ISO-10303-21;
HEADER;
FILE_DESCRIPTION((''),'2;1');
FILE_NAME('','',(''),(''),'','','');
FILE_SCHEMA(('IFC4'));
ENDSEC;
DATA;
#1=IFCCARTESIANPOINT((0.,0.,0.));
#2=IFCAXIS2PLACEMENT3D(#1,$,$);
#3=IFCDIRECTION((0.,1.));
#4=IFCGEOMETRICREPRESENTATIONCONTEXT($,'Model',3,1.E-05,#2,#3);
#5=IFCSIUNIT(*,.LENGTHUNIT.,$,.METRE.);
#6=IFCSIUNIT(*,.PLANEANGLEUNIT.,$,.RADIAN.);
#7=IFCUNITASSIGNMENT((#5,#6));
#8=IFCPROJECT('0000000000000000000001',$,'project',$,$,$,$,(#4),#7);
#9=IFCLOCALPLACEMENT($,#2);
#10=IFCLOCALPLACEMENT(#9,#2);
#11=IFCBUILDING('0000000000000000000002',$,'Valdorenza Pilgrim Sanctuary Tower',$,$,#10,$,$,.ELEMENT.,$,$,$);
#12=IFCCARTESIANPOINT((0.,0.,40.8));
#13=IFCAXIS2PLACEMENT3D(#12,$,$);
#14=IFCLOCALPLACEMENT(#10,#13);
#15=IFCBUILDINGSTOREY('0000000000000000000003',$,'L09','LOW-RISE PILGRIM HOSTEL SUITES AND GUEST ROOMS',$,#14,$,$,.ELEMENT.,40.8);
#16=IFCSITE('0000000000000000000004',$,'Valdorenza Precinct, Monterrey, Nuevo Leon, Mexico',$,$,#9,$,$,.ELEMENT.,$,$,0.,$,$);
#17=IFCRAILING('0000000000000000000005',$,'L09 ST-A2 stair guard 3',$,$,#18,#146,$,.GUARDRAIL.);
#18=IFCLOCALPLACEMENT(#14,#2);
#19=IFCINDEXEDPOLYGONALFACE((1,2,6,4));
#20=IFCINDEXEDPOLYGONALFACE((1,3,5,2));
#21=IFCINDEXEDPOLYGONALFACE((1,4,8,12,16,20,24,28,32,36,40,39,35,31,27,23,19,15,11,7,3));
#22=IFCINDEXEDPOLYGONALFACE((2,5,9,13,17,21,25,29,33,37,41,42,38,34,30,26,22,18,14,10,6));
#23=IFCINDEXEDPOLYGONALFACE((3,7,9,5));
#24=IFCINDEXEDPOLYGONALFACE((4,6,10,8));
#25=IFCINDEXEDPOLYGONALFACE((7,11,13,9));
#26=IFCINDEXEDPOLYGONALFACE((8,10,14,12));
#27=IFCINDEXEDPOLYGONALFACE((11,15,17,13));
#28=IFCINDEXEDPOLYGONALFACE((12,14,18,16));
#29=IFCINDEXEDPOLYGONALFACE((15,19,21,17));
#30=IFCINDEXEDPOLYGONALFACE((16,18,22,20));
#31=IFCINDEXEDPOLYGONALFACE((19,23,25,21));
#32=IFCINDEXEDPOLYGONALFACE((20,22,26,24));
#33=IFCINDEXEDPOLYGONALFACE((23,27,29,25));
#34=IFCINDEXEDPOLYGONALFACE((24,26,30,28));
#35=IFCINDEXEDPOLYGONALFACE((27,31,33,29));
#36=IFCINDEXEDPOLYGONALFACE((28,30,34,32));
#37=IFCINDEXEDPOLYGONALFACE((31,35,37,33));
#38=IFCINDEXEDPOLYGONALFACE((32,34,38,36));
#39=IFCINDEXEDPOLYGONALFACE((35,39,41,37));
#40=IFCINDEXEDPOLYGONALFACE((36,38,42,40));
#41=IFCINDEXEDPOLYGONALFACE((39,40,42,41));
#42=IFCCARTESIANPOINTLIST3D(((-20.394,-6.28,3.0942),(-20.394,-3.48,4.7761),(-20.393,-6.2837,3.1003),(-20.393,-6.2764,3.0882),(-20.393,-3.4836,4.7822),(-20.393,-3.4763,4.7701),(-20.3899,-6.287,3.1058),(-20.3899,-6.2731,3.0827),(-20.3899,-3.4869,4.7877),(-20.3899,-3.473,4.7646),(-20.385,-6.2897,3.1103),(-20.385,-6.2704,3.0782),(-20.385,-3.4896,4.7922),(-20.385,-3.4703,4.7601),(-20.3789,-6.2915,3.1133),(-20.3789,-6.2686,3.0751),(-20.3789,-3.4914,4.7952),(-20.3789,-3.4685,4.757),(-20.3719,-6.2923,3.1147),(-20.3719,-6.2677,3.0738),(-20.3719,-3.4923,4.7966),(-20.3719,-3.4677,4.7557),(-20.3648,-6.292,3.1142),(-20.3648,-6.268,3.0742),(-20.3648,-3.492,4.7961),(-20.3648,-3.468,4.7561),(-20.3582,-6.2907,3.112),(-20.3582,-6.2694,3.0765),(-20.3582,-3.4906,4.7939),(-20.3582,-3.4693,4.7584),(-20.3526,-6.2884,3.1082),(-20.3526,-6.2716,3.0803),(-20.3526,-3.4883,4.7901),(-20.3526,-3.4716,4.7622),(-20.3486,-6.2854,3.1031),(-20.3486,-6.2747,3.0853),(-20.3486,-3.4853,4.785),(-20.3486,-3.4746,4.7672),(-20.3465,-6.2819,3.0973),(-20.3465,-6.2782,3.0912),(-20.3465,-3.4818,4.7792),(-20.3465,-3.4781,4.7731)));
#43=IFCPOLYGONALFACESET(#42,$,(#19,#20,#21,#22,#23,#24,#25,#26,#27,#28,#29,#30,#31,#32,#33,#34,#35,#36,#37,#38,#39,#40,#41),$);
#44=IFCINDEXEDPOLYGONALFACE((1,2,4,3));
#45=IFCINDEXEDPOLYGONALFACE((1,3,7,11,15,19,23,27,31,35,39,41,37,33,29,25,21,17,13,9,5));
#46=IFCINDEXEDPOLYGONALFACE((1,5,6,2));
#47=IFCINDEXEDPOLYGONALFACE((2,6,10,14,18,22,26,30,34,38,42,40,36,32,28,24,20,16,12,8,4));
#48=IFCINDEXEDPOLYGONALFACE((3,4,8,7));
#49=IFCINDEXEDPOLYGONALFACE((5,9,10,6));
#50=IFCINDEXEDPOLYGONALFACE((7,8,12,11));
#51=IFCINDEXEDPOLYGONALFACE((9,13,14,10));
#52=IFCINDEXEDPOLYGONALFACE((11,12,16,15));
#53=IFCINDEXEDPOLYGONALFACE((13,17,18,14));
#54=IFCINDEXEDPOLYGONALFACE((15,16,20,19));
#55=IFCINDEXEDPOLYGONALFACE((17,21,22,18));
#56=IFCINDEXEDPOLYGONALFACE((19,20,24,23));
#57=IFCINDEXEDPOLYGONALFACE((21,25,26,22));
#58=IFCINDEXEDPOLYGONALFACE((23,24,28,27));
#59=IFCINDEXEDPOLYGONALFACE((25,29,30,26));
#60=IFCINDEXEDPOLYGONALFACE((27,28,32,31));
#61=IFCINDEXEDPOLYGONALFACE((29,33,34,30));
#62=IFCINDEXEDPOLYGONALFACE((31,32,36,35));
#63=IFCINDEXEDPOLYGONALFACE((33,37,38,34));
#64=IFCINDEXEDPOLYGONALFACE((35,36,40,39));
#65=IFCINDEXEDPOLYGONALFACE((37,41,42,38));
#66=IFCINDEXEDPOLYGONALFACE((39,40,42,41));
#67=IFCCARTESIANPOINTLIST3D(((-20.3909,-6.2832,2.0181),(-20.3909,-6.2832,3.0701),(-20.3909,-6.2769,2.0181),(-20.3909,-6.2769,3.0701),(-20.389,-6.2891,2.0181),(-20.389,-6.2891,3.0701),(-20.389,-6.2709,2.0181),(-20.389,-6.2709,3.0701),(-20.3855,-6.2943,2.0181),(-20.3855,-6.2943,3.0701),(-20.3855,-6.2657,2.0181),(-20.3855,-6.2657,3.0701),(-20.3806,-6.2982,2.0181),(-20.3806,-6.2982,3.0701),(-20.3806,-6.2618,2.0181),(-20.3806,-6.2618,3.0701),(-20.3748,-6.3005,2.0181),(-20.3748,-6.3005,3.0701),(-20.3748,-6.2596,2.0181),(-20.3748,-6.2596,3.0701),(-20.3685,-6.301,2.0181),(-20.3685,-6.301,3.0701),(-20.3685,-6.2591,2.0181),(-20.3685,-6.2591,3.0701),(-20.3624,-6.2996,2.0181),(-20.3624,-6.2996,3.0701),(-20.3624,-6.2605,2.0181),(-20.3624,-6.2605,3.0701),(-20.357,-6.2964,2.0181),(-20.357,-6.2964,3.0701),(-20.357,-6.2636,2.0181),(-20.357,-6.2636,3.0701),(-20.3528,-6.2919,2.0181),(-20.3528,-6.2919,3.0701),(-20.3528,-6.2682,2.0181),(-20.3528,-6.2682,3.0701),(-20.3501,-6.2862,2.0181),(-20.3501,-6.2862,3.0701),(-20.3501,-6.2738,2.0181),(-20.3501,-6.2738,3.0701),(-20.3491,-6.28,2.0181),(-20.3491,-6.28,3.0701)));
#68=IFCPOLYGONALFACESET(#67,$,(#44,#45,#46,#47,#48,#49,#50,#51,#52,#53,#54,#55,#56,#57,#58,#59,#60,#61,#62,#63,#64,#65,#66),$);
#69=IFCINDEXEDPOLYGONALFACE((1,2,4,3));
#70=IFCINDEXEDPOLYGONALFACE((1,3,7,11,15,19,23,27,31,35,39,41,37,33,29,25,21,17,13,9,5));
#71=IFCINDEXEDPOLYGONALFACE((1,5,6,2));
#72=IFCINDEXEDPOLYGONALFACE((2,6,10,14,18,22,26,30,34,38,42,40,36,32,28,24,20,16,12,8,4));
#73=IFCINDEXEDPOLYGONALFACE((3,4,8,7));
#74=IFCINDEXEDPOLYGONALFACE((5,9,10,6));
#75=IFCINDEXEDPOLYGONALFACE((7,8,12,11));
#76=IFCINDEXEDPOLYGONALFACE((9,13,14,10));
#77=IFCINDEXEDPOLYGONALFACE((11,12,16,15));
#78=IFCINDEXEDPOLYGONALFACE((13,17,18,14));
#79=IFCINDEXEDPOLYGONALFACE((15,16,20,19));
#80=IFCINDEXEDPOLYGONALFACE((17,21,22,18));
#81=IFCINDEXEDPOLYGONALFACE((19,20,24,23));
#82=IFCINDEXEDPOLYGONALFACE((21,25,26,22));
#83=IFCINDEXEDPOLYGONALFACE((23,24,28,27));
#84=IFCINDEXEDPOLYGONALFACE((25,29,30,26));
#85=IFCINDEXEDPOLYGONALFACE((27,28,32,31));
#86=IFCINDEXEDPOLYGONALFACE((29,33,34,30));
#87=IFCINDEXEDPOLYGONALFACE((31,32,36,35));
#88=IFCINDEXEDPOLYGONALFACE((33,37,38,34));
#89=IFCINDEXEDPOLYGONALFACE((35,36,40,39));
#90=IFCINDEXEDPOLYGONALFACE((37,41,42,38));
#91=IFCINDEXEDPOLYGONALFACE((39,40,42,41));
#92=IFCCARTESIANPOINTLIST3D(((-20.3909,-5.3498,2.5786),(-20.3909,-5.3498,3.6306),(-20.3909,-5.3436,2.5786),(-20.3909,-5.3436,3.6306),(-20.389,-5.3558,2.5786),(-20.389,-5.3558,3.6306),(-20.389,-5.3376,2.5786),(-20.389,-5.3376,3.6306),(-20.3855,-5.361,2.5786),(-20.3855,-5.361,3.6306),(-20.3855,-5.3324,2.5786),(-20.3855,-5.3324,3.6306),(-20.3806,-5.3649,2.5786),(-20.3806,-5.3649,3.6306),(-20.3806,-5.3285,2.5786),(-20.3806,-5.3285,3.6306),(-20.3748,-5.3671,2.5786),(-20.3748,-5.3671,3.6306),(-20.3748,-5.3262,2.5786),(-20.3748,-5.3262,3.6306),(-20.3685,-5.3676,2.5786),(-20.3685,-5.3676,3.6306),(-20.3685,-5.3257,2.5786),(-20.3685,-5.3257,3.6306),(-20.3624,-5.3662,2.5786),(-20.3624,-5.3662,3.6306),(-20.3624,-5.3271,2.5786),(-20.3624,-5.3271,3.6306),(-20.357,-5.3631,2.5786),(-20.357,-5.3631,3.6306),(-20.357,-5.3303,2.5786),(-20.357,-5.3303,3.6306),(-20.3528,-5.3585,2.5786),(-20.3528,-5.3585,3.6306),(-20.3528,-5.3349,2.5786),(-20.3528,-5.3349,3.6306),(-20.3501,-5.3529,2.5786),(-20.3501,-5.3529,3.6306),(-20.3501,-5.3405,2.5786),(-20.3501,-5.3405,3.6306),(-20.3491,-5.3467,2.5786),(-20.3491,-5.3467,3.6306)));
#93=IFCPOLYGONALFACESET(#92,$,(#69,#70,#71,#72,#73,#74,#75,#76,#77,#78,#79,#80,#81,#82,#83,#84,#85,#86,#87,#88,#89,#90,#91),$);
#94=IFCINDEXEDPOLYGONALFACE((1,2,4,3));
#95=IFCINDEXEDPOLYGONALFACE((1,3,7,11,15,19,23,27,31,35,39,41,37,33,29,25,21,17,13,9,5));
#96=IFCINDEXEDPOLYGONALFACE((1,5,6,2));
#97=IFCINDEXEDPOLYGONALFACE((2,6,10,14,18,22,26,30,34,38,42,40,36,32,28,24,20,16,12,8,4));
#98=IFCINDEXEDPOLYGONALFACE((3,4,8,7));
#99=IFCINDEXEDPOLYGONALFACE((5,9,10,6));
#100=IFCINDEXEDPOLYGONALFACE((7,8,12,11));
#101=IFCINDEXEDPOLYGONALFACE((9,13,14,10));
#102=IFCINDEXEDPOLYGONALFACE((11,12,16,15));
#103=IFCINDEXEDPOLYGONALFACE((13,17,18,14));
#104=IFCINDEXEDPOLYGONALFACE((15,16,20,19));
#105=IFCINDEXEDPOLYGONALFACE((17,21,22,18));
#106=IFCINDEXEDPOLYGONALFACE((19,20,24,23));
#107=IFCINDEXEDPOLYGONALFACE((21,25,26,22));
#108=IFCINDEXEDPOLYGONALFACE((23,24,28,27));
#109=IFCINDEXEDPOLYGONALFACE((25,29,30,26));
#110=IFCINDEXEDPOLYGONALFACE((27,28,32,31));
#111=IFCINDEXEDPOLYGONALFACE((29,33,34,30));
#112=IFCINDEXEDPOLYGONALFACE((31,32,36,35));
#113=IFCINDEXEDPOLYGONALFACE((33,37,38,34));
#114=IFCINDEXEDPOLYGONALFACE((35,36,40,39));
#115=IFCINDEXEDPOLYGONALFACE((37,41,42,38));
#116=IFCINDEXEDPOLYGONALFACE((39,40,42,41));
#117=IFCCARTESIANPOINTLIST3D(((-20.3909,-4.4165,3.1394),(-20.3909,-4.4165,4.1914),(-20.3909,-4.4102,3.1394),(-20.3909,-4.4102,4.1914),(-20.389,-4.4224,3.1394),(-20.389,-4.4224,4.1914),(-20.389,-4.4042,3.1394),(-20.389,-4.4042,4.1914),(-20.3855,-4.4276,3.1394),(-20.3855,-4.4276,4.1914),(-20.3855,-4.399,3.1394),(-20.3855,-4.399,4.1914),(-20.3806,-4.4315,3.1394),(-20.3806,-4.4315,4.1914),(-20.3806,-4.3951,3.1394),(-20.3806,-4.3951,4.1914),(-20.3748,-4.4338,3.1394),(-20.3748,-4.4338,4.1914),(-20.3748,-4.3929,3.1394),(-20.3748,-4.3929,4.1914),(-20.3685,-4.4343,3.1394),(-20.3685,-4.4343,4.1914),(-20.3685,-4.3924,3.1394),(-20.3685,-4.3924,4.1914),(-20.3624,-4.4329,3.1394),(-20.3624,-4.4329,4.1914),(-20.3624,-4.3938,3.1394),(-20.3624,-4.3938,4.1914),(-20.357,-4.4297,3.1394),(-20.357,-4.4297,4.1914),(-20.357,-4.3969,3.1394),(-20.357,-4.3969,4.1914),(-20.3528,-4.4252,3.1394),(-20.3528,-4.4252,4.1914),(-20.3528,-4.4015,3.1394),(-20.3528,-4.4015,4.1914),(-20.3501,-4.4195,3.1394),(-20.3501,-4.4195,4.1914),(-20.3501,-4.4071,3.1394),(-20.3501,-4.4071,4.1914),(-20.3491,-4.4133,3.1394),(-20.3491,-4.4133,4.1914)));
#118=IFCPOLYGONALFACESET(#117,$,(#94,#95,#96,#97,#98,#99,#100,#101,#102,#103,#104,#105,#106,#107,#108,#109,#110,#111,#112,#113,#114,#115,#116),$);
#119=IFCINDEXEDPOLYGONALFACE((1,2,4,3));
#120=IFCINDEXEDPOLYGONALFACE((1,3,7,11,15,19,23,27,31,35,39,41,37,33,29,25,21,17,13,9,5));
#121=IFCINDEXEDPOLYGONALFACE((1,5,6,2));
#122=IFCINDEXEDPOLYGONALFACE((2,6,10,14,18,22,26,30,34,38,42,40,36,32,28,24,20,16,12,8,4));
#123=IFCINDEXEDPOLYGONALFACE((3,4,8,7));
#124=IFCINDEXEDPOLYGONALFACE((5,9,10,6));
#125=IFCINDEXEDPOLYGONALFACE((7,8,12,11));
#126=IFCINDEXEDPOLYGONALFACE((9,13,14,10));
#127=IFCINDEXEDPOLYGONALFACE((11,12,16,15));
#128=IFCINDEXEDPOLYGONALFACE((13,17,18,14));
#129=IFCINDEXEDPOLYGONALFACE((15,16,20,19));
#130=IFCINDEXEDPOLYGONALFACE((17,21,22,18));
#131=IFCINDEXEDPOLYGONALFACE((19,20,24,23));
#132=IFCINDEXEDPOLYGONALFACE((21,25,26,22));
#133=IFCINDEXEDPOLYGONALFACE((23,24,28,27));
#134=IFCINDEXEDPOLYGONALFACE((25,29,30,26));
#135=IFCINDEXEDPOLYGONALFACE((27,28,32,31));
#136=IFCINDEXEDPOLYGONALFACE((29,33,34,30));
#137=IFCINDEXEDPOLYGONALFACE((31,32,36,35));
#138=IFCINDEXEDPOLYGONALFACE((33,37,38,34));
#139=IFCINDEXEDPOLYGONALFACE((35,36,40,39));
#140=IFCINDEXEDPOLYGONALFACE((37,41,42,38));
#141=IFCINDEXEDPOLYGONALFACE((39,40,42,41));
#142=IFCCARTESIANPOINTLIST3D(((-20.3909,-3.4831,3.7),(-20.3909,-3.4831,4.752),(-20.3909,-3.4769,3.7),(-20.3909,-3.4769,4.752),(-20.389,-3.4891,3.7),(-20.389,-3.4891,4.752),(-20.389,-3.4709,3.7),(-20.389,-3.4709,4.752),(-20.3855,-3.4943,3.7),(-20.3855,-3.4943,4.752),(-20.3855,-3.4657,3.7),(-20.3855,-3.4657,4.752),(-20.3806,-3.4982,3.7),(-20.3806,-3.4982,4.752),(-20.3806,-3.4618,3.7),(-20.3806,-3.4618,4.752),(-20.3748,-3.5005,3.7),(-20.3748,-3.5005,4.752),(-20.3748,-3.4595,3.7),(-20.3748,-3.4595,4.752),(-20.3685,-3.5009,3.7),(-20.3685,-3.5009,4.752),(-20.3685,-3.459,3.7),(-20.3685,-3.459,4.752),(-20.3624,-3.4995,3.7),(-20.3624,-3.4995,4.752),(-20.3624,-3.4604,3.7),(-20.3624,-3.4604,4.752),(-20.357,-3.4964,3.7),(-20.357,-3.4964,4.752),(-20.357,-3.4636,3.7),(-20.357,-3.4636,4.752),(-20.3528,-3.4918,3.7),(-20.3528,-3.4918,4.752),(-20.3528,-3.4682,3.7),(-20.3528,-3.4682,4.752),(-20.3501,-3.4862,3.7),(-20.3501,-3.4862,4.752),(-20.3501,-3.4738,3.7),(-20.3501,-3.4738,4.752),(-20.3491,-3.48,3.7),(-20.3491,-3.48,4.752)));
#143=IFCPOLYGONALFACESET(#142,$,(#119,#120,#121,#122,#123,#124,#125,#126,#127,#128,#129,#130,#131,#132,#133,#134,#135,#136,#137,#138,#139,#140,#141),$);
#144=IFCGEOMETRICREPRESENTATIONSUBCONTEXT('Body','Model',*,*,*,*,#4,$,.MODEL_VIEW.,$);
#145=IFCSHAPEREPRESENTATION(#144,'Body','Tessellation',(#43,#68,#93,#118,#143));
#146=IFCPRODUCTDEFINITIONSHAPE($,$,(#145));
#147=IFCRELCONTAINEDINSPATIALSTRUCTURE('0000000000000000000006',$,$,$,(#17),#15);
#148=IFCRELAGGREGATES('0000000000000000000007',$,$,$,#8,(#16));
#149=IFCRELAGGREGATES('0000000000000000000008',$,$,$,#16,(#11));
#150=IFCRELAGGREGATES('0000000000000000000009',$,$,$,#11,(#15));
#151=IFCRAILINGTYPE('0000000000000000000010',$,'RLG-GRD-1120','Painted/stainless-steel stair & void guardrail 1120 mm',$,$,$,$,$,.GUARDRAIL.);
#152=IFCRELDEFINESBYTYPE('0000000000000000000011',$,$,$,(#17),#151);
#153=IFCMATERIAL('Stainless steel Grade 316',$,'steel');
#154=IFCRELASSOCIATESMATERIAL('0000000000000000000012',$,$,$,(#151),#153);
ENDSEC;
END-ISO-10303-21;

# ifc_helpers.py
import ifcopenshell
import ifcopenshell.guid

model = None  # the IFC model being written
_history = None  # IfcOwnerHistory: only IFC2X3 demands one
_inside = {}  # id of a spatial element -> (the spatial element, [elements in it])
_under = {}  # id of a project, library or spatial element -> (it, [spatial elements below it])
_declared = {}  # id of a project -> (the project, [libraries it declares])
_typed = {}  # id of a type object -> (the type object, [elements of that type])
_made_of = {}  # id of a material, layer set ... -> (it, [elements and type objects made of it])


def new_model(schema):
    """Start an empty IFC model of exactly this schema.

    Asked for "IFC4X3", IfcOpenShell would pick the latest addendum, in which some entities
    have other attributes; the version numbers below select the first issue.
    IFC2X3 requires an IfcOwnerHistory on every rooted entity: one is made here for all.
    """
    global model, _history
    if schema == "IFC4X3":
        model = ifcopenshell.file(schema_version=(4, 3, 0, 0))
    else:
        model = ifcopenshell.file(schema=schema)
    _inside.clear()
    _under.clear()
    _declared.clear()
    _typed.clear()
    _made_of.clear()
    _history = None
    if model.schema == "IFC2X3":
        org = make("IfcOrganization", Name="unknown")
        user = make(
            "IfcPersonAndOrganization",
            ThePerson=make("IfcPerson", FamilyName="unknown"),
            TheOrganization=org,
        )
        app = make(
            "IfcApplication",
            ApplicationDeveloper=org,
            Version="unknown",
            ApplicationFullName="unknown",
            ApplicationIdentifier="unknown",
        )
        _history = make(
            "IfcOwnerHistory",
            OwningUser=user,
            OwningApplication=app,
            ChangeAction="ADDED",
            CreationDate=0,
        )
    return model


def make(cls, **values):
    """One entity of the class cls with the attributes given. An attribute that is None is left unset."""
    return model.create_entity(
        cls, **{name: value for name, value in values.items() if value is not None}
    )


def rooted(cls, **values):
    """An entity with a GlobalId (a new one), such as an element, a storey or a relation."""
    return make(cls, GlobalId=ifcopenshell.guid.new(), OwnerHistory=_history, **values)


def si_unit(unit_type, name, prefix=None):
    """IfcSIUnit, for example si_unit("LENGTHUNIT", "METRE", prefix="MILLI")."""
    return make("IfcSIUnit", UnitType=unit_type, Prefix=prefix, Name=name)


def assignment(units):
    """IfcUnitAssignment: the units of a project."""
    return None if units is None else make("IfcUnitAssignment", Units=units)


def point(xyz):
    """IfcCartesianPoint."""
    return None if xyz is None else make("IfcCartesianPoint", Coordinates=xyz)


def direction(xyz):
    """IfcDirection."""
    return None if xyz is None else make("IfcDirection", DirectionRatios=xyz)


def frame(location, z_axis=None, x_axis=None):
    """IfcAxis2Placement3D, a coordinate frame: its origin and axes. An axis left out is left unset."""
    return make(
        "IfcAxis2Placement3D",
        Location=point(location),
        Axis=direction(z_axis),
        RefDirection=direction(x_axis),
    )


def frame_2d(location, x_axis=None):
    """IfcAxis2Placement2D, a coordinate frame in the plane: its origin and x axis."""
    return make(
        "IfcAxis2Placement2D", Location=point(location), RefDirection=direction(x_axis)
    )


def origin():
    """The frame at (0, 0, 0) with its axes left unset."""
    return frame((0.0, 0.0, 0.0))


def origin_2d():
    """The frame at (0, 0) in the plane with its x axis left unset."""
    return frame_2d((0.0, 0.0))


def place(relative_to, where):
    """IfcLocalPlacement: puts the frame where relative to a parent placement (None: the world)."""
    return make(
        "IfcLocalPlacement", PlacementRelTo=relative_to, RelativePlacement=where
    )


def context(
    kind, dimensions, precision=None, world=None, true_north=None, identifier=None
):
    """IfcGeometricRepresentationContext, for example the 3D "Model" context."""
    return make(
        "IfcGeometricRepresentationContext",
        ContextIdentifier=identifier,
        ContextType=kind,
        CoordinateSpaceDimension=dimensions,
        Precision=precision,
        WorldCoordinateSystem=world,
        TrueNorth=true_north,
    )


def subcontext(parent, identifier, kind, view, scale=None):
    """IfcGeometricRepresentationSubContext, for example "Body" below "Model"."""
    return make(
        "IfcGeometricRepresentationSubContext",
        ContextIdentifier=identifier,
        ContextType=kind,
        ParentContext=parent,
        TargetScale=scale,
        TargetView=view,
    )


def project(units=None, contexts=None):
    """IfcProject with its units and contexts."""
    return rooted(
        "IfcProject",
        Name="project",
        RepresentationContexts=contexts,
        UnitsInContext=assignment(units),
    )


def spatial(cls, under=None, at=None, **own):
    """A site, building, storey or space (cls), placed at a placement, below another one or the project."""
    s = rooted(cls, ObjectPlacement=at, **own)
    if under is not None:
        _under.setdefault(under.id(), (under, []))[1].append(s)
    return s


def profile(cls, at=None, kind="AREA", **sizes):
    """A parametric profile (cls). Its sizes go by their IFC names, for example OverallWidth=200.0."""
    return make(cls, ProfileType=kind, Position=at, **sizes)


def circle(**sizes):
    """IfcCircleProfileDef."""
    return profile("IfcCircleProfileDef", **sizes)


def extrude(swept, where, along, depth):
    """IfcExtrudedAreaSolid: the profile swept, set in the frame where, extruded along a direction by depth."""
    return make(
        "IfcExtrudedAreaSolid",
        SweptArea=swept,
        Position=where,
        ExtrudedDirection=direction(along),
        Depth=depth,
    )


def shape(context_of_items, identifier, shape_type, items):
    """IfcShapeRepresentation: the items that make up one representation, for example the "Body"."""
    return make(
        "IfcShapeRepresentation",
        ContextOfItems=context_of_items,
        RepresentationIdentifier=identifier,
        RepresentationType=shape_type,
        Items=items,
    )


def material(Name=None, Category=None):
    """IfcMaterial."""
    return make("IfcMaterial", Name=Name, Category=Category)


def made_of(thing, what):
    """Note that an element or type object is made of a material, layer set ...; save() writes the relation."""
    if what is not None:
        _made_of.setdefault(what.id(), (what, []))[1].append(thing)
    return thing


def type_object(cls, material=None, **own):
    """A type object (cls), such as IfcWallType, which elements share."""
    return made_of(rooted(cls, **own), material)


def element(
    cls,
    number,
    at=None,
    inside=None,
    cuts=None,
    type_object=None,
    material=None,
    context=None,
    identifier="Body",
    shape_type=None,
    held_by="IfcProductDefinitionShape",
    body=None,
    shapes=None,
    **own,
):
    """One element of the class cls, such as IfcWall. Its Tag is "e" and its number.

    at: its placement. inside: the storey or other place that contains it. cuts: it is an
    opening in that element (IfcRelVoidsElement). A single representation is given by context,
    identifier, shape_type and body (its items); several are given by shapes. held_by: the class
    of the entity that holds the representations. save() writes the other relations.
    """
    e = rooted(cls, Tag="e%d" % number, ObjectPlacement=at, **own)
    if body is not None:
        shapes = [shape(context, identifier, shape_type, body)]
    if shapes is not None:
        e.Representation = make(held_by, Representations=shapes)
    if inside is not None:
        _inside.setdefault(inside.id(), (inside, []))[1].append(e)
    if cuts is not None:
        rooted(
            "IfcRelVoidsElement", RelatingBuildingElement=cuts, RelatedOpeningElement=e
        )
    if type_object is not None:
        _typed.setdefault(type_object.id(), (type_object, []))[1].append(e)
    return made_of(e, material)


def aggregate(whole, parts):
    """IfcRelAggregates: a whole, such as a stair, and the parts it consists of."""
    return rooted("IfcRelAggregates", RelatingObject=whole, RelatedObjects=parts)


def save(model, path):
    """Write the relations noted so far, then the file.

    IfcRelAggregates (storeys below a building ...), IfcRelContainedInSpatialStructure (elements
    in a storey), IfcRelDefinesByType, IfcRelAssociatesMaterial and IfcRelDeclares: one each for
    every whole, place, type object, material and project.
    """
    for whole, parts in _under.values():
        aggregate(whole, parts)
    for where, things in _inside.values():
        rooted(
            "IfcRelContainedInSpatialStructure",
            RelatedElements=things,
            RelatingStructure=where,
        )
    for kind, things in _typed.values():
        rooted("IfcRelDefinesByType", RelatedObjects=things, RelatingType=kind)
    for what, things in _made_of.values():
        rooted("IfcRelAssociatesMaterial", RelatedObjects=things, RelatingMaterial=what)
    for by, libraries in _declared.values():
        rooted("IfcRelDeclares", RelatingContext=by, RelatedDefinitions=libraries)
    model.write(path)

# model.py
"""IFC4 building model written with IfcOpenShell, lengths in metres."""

from ifc_helpers import new_model, si_unit, direction, frame, origin, origin_2d, place, context, subcontext, project, spatial, circle, extrude, material, type_object, element, save


model = new_model("IFC4")

# Units and contexts
model_context = context("Model", 3, precision=1e-05, world=origin(), true_north=direction((0.0, 1.0)))
body_context = subcontext(model_context, "Body", "Model", "MODEL_VIEW")
ifc_project = project(units=[si_unit("LENGTHUNIT", "METRE"), si_unit("PLANEANGLEUNIT", "RADIAN")], contexts=[model_context])

# Site, building, storey
site_placement = place(None, origin())
site = spatial("IfcSite", under=ifc_project, at=site_placement, Name="Valdorenza Precinct, Monterrey, Nuevo Leon, Mexico", CompositionType="ELEMENT", RefElevation=0.0)
building_placement = place(site_placement, origin())
building = spatial("IfcBuilding", under=site, at=building_placement, Name="Valdorenza Pilgrim Sanctuary Tower", CompositionType="ELEMENT")
storey_placement = place(building_placement, frame((0.0, 0.0, 40.8)))
storey = spatial("IfcBuildingStorey", under=building, at=storey_placement, Name="L09", Description="LOW-RISE PILGRIM HOSTEL SUITES AND GUEST ROOMS", CompositionType="ELEMENT", Elevation=40.8)

# Railing
ifc_material_1 = material(Name="Stainless steel Grade 316", Category="steel")
railing_type_1 = type_object("IfcRailingType", Name="RLG-GRD-1120", Description="Painted/stainless-steel stair & void guardrail 1120 mm", PredefinedType="GUARDRAIL", material=ifc_material_1)
railing_1_placement = place(storey_placement, frame((-20.3701, -6.28, 2.0181)))
element("IfcRailing", 1, at=railing_1_placement, inside=storey, type_object=railing_type_1, Name="L09 ST-A2 stair guard 3", PredefinedType="GUARDRAIL", context=body_context, shape_type="SweptSolid", body=[
    extrude(circle(Radius=0.0239, at=origin_2d()), frame((0.0, 0.0, 1.0762), z_axis=(0.0, 0.857242, 0.514913), x_axis=(-1.0, 0.0, 0.0)), (0.0, 0.0, 1.0), 3.2664),
    extrude(circle(Radius=0.021, at=origin_2d()), origin(), (0.0, 0.0, 1.0), 1.052),
    extrude(circle(Radius=0.021, at=origin_2d()), frame((0.0, 0.9333, 0.5605)), (0.0, 0.0, 1.0), 1.052),
    extrude(circle(Radius=0.021, at=origin_2d()), frame((0.0, 1.8667, 1.1213)), (0.0, 0.0, 1.0), 1.052),
    extrude(circle(Radius=0.021, at=origin_2d()), frame((0.0, 2.8, 1.6819)), (0.0, 0.0, 1.0), 1.052),
])

save(model, "model.ifc")
